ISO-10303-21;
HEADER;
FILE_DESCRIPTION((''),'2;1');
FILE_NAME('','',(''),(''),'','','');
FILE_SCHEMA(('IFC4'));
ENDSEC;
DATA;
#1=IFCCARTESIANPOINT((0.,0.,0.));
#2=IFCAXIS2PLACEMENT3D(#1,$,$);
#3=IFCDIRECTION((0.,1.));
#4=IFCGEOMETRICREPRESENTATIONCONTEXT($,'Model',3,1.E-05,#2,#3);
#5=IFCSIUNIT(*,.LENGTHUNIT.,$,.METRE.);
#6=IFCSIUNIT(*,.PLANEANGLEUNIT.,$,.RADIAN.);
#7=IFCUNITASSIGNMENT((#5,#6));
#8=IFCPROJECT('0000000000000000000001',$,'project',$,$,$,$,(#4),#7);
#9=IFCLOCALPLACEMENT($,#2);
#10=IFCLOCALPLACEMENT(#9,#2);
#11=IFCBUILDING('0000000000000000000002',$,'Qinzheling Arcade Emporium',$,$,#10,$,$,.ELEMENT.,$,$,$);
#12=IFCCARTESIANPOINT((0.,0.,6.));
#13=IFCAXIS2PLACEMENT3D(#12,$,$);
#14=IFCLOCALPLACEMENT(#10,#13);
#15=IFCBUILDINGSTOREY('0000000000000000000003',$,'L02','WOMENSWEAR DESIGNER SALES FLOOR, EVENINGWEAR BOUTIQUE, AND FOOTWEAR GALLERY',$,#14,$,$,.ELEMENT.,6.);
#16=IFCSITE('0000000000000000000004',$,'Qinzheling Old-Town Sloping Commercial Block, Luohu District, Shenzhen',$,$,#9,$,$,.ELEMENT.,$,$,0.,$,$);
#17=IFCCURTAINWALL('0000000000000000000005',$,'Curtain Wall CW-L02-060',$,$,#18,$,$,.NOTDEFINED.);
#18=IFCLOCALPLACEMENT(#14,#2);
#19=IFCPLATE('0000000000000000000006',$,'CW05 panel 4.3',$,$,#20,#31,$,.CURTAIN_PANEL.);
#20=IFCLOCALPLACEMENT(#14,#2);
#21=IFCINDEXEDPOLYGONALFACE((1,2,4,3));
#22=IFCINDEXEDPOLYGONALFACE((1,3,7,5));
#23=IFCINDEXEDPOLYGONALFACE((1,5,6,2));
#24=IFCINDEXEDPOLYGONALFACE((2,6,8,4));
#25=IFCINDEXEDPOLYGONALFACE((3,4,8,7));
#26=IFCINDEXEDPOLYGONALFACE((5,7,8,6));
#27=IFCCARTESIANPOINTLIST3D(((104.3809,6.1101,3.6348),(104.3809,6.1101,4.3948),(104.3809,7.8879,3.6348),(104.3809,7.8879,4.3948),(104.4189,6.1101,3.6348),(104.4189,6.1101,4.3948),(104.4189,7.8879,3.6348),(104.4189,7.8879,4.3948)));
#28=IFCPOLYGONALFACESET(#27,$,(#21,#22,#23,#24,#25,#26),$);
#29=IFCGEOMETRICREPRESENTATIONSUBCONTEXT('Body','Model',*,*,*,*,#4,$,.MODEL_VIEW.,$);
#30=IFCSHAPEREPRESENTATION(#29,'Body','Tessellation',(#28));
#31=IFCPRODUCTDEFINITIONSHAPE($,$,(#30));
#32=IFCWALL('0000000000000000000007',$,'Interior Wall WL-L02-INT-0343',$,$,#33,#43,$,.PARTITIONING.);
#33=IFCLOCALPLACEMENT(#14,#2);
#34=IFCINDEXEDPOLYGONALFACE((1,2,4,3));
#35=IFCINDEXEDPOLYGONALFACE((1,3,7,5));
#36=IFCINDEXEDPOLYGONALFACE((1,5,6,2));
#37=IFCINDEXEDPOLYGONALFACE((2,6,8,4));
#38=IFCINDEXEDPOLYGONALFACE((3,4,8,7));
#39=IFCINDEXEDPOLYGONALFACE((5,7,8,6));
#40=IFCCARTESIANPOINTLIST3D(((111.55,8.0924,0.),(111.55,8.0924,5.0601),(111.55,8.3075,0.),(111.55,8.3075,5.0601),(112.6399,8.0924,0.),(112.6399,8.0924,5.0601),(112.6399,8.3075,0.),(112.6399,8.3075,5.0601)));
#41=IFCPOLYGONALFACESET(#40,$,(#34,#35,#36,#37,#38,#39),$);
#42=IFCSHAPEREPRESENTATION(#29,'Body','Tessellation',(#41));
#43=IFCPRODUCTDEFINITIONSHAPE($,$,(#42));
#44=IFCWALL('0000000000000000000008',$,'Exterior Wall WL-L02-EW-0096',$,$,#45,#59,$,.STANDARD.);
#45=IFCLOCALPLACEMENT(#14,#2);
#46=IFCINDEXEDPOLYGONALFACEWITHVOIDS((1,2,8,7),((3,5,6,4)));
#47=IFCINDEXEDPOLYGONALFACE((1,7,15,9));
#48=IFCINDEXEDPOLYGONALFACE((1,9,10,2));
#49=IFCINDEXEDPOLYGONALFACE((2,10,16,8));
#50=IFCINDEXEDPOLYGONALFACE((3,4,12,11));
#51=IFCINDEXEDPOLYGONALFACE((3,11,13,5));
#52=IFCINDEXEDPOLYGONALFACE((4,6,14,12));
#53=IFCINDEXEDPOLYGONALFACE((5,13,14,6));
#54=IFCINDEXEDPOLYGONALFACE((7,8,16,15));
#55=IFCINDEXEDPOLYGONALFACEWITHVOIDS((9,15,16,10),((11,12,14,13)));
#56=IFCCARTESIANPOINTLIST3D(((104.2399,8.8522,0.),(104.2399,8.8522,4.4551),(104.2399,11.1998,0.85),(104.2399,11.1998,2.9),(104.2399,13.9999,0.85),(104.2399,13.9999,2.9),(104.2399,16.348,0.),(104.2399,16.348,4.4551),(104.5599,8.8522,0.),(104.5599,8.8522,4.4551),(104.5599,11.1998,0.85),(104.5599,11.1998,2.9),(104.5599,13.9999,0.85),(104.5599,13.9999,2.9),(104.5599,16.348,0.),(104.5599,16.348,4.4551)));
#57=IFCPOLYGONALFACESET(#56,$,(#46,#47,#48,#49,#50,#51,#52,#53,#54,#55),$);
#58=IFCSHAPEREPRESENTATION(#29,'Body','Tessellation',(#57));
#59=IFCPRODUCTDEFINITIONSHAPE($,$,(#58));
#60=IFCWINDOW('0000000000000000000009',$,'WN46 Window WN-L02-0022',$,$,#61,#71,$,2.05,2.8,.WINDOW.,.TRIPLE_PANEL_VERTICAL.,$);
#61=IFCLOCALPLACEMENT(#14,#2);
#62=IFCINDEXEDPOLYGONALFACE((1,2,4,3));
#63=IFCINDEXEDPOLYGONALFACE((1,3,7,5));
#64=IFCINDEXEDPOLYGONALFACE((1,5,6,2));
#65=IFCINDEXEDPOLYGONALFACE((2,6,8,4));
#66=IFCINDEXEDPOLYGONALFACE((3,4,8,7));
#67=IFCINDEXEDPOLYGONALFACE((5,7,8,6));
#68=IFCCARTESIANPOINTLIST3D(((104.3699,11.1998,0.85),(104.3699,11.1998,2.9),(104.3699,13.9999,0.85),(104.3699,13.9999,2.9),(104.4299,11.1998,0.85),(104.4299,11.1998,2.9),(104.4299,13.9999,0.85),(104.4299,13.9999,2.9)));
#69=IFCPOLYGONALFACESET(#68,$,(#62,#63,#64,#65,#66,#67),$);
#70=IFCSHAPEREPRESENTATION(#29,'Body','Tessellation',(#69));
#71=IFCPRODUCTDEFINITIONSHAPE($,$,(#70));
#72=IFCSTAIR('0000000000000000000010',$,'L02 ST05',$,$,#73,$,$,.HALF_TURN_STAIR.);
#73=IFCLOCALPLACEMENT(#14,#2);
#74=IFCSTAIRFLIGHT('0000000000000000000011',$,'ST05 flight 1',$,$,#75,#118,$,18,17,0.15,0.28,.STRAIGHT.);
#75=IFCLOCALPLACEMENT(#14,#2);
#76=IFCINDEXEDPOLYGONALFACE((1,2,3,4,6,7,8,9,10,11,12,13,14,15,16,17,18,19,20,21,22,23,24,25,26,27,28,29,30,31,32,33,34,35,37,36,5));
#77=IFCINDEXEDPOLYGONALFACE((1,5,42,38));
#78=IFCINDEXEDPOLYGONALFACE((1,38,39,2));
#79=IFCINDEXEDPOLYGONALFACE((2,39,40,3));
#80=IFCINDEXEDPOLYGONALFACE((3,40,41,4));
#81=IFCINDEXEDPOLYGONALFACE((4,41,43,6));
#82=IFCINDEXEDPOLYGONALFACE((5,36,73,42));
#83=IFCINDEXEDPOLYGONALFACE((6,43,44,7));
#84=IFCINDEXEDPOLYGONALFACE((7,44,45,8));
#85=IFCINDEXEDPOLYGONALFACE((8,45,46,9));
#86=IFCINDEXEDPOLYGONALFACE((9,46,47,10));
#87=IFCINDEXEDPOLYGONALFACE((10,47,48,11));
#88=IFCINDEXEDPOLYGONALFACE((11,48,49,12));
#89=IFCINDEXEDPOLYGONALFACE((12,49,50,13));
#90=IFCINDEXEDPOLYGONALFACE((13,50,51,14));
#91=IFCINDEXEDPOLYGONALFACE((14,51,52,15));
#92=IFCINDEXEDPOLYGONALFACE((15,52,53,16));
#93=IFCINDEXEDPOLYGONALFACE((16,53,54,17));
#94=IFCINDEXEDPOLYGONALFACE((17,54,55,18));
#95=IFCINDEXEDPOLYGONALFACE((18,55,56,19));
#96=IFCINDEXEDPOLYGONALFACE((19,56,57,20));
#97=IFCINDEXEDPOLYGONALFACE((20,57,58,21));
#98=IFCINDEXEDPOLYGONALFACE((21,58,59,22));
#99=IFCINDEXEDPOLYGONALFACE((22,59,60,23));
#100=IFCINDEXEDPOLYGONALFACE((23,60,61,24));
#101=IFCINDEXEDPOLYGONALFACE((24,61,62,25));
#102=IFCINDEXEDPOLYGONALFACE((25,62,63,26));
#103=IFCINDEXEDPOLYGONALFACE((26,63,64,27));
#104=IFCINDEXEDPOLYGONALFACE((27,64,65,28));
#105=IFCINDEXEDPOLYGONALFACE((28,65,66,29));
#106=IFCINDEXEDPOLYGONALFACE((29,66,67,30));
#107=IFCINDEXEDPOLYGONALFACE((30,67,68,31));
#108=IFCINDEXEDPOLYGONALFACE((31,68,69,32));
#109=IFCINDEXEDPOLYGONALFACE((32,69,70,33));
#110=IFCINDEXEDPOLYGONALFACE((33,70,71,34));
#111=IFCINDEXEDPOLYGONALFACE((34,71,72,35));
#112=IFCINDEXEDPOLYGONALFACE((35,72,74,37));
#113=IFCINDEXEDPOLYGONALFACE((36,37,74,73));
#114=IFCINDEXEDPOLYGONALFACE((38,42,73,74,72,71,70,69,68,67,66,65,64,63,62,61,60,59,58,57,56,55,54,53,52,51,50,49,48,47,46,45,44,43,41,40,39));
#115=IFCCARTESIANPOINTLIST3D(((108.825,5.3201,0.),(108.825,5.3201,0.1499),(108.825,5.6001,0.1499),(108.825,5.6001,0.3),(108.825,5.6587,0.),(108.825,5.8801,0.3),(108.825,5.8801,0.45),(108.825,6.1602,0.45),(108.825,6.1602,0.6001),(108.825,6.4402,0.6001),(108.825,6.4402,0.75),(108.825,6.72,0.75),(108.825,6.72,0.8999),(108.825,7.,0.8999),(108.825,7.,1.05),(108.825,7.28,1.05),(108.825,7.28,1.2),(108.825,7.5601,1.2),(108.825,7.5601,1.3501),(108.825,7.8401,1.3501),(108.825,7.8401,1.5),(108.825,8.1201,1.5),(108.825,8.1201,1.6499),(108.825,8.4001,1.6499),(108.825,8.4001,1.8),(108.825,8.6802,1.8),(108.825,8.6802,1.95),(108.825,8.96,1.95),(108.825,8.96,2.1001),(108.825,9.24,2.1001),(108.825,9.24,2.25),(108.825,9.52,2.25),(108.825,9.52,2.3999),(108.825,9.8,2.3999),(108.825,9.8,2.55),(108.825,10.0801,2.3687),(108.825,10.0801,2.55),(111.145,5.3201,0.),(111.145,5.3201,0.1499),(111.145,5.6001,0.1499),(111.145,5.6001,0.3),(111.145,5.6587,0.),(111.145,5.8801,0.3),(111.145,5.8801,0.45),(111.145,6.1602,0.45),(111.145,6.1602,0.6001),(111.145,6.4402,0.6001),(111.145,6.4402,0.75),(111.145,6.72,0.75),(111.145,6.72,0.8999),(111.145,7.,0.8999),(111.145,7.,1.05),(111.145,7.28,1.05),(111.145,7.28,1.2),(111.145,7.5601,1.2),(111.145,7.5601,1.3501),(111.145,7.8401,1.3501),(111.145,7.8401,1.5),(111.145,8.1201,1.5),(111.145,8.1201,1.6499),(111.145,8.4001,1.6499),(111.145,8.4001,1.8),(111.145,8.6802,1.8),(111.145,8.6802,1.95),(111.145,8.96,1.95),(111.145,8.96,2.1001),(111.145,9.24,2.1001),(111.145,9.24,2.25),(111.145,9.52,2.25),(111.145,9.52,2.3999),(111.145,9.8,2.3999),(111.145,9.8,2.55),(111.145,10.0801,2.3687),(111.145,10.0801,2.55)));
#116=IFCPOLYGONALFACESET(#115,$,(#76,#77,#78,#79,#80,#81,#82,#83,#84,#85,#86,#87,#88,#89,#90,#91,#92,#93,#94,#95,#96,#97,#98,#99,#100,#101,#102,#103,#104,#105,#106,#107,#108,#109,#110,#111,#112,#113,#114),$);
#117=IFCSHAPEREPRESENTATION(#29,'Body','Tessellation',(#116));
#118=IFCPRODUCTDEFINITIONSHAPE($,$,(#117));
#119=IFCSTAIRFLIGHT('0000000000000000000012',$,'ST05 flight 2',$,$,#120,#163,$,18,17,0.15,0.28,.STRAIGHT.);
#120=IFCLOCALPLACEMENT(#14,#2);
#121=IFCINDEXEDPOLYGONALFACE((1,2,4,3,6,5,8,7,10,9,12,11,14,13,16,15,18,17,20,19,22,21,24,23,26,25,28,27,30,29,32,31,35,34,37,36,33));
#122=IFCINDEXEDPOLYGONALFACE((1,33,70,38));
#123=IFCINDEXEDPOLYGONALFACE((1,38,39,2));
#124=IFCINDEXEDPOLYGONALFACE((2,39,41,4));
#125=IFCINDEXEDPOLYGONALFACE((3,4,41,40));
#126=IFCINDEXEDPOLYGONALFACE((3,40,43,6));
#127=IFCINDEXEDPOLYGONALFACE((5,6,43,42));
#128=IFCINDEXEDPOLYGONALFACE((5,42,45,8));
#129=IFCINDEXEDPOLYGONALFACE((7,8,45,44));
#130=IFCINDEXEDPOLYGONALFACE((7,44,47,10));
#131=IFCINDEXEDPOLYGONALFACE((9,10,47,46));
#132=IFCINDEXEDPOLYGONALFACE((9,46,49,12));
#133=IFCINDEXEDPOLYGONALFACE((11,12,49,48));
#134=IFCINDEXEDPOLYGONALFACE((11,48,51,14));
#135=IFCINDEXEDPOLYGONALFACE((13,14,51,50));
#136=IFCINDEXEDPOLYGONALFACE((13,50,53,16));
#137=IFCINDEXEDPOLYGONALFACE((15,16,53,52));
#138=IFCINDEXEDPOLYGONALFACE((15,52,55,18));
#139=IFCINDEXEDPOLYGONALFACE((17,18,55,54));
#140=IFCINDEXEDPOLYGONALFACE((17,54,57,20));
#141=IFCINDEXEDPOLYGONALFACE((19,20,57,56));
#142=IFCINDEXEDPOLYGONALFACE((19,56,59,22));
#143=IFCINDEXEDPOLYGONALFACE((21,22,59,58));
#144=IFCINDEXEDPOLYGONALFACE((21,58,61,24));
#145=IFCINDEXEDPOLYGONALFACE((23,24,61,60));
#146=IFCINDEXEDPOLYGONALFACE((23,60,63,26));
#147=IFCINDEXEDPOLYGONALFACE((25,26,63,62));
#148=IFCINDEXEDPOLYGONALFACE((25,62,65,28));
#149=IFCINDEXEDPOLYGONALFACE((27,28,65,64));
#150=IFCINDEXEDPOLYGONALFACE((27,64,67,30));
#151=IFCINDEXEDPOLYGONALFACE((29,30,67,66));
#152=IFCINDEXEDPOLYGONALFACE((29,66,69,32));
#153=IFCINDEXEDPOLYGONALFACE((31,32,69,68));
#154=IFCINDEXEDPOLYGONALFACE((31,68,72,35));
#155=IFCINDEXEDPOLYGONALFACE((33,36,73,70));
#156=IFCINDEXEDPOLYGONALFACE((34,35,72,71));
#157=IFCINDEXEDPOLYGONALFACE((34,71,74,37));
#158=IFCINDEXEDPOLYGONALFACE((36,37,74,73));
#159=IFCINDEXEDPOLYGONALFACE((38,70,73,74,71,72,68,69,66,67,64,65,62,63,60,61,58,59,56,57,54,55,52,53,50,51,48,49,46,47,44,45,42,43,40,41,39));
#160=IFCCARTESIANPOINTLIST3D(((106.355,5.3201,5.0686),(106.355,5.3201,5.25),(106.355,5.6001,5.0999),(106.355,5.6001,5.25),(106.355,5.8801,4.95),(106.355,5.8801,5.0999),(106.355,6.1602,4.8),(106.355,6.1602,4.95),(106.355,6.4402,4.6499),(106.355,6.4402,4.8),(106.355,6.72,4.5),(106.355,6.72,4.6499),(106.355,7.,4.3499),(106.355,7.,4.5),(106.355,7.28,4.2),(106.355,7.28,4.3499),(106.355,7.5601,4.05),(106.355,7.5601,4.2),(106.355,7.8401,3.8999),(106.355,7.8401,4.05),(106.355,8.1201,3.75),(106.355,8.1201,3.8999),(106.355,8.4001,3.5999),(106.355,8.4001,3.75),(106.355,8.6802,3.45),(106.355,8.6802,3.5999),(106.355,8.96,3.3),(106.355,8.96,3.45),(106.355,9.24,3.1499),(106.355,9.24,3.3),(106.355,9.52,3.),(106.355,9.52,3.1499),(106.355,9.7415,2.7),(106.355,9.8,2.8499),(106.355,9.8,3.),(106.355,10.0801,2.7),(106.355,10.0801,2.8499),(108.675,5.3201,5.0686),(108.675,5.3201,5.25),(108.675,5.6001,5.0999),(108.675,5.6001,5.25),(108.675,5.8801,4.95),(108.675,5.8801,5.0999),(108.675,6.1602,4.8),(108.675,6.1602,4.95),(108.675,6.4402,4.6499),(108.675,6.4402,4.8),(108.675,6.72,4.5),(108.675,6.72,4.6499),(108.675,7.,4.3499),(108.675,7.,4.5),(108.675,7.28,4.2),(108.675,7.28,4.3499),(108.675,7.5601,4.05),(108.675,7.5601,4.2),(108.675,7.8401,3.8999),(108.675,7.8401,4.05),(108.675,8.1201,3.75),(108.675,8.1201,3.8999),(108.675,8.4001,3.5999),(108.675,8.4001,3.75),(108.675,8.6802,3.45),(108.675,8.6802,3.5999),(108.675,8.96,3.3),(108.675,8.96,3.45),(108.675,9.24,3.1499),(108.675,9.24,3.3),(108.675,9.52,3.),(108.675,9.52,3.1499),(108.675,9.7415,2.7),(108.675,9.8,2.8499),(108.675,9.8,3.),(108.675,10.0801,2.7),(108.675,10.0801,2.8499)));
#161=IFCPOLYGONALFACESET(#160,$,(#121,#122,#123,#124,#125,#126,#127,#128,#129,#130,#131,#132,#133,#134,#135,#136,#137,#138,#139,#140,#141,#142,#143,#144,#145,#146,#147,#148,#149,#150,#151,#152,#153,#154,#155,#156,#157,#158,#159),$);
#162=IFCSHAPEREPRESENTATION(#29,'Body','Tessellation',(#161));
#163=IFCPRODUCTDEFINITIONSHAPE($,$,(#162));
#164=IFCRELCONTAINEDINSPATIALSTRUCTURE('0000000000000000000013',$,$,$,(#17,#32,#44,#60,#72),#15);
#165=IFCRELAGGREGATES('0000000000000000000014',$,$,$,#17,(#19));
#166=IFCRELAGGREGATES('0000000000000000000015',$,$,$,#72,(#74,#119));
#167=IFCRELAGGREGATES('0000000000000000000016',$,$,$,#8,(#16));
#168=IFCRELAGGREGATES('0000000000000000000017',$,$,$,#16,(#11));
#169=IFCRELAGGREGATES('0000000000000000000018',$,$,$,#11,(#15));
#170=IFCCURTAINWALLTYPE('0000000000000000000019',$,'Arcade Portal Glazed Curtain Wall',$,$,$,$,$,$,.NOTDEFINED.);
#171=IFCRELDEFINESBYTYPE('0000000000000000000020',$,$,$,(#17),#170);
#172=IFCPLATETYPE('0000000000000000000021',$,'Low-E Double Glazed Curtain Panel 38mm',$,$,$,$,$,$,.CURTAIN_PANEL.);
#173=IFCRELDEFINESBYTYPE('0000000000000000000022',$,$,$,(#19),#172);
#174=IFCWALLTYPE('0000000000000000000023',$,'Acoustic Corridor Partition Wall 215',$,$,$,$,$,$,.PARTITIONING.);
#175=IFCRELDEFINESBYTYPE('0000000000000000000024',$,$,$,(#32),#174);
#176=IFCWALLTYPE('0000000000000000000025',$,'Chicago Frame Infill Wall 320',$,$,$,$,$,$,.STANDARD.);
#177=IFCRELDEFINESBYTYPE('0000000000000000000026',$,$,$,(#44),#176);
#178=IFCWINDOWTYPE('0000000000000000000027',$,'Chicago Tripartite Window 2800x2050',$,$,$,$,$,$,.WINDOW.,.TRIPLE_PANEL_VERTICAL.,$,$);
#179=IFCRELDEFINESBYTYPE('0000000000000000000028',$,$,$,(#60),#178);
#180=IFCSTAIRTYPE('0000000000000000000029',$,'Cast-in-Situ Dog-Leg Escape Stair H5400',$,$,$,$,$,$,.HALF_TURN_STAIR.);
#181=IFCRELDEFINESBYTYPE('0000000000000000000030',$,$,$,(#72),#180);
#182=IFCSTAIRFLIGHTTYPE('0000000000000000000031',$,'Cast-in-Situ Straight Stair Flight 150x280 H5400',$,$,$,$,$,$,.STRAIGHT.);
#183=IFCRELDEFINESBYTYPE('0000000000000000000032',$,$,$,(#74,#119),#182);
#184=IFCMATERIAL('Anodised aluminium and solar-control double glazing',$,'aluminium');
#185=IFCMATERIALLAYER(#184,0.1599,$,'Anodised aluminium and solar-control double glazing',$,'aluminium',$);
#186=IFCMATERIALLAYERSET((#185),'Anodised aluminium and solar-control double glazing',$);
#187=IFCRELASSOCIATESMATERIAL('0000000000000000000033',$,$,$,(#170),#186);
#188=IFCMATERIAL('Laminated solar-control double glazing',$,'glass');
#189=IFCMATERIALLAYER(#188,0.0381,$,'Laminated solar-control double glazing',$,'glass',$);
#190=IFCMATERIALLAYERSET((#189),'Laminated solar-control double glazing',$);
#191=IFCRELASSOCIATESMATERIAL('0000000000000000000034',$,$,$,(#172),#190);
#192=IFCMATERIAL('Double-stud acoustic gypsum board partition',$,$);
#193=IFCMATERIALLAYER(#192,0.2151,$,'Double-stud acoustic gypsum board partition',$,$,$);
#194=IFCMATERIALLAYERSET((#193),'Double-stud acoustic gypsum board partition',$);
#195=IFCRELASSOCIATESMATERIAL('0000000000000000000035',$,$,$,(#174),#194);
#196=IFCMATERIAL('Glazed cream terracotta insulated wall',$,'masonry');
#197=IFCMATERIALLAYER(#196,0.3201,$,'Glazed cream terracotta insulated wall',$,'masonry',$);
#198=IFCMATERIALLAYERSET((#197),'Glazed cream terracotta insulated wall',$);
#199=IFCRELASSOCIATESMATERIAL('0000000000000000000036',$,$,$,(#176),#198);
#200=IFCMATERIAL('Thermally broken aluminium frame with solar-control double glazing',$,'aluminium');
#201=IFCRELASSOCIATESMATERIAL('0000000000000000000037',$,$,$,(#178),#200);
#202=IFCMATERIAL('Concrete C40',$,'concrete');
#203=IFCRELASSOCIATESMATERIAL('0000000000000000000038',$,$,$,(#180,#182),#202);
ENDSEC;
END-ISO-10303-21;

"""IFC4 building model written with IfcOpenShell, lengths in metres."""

from ifc_helpers import new_model, si_unit, direction, frame, frame_2d, origin, origin_2d, place, context, subcontext, project, spatial, polyline, rectangle, outline, extrude, material, layer, layer_set, type_object, element, fill, aggregate, save


model = new_model("IFC4")

# Units and contexts
model_context = context("Model", 3, precision=1e-05, world=origin(), true_north=direction((0.0, 1.0)))
body_context = subcontext(model_context, "Body", "Model", "MODEL_VIEW")
ifc_project = project(units=[si_unit("LENGTHUNIT", "METRE"), si_unit("PLANEANGLEUNIT", "RADIAN")], contexts=[model_context])

# Site, building, storey
site_placement = place(None, origin())
site = spatial("IfcSite", under=ifc_project, at=site_placement, Name="Qinzheling Old-Town Sloping Commercial Block, Luohu District, Shenzhen", CompositionType="ELEMENT", RefElevation=0.0)
building_placement = place(site_placement, origin())
building = spatial("IfcBuilding", under=site, at=building_placement, Name="Qinzheling Arcade Emporium", CompositionType="ELEMENT")
storey_placement = place(building_placement, frame((0.0, 0.0, 6.0)))
storey = spatial("IfcBuildingStorey", under=building, at=storey_placement, Name="L02", Description="WOMENSWEAR DESIGNER SALES FLOOR, EVENINGWEAR BOUTIQUE, AND FOOTWEAR GALLERY", CompositionType="ELEMENT", Elevation=6.0)

# Curtain wall
ifc_material_1 = material(Name="Anodised aluminium and solar-control double glazing", Category="aluminium")
ifc_layer_1 = layer(ifc_material_1, 0.1599, Name="Anodised aluminium and solar-control double glazing", Category="aluminium")
ifc_layer_set_1 = layer_set([ifc_layer_1], Name="Anodised aluminium and solar-control double glazing")
curtain_wall_type = type_object("IfcCurtainWallType", Name="Arcade Portal Glazed Curtain Wall", PredefinedType="NOTDEFINED", material=ifc_layer_set_1)
curtain_wall_placement = place(storey_placement, origin())
curtain_wall = element("IfcCurtainWall", 1, at=curtain_wall_placement, inside=storey, type_object=curtain_wall_type, Name="Curtain Wall CW-L02-060", PredefinedType="NOTDEFINED")

# Shared definitions
ifc_material_2 = material(Name="Concrete C40", Category="concrete")

# Plate
ifc_material_3 = material(Name="Laminated solar-control double glazing", Category="glass")
ifc_layer_2 = layer(ifc_material_3, 0.0381, Name="Laminated solar-control double glazing", Category="glass")
ifc_layer_set_2 = layer_set([ifc_layer_2], Name="Laminated solar-control double glazing")
plate_type = type_object("IfcPlateType", Name="Low-E Double Glazed Curtain Panel 38mm", PredefinedType="CURTAIN_PANEL", material=ifc_layer_set_2)
plate_1_placement = place(storey_placement, frame((104.3999, 6.999, 3.6348), z_axis=(0.0, 0.0, 1.0), x_axis=(0.0, 1.0, 0.0)))
plate_1 = element("IfcPlate", 2, at=plate_1_placement, type_object=plate_type, Name="CW05 panel 4.3", PredefinedType="CURTAIN_PANEL", context=body_context, shape_type="SweptSolid", body=[
    extrude(rectangle(XDim=1.7778, YDim=0.0381, at=origin_2d()), origin(), (0.0, 0.0, 1.0), 0.76),
])
aggregate(curtain_wall, [plate_1])

# Wall
ifc_material_4 = material(Name="Double-stud acoustic gypsum board partition")
ifc_layer_3 = layer(ifc_material_4, 0.2151, Name="Double-stud acoustic gypsum board partition")
ifc_layer_set_3 = layer_set([ifc_layer_3], Name="Double-stud acoustic gypsum board partition")
wall_type_1 = type_object("IfcWallType", Name="Acoustic Corridor Partition Wall 215", PredefinedType="PARTITIONING", material=ifc_layer_set_3)
wall_1_placement = place(storey_placement, frame((111.55, 8.2, 0.0), z_axis=(0.0, 0.0, 1.0), x_axis=(1.0, 0.0, 0.0)))
element("IfcWall", 3, at=wall_1_placement, inside=storey, type_object=wall_type_1, Name="Interior Wall WL-L02-INT-0343", PredefinedType="PARTITIONING", context=body_context, shape_type="SweptSolid", body=[
    extrude(rectangle(XDim=1.0898, YDim=0.2151, at=frame_2d((0.5449, 0.0))), origin(), (0.0, 0.0, 1.0), 5.0601),
])

# Wall, opening, window
ifc_material_5 = material(Name="Glazed cream terracotta insulated wall", Category="masonry")
ifc_layer_4 = layer(ifc_material_5, 0.3201, Name="Glazed cream terracotta insulated wall", Category="masonry")
ifc_layer_set_4 = layer_set([ifc_layer_4], Name="Glazed cream terracotta insulated wall")
wall_type_2 = type_object("IfcWallType", Name="Chicago Frame Infill Wall 320", PredefinedType="STANDARD", material=ifc_layer_set_4)
wall_2_placement = place(storey_placement, frame((104.3999, 8.8521, 0.0), z_axis=(0.0, 0.0, 1.0), x_axis=(0.0, 1.0, 0.0)))
wall_2 = element("IfcWall", 4, at=wall_2_placement, inside=storey, type_object=wall_type_2, Name="Exterior Wall WL-L02-EW-0096", PredefinedType="STANDARD", context=body_context, shape_type="SweptSolid", body=[
    extrude(rectangle(XDim=7.4958, YDim=0.3201, at=frame_2d((3.748, 0.0))), origin(), (0.0, 0.0, 1.0), 4.4551),
])
opening_placement = place(wall_2_placement, frame((2.3479, 0.0, 0.8501)))
opening = element("IfcOpeningElement", 5, at=opening_placement, cuts=wall_2, PredefinedType="OPENING", context=body_context, shape_type="SweptSolid", body=[
    extrude(rectangle(XDim=2.8, YDim=2.05, at=frame_2d((1.3999, 1.0249))), frame((0.0, 0.1699, 0.0), z_axis=(0.0, -1.0, 0.0), x_axis=(1.0, 0.0, 0.0)), (0.0, 0.0, 1.0), 0.3401),
])
ifc_material_6 = material(Name="Thermally broken aluminium frame with solar-control double glazing", Category="aluminium")
window_type = type_object("IfcWindowType", Name="Chicago Tripartite Window 2800x2050", PartitioningType="TRIPLE_PANEL_VERTICAL", PredefinedType="WINDOW", material=ifc_material_6)
window_placement = place(opening_placement, origin())
window = element("IfcWindow", 6, at=window_placement, inside=storey, type_object=window_type, Name="WN46 Window WN-L02-0022", OverallHeight=2.05, OverallWidth=2.8, PartitioningType="TRIPLE_PANEL_VERTICAL", PredefinedType="WINDOW", context=body_context, shape_type="SweptSolid", body=[
    extrude(rectangle(XDim=2.8, YDim=2.05, at=frame_2d((1.3999, 1.0249))), frame((0.0, 0.03, 0.0), z_axis=(0.0, -1.0, 0.0), x_axis=(1.0, 0.0, 0.0)), (0.0, 0.0, 1.0), 0.0601),
])
fill(opening, window)

# Stair, stair flights
stair_type = type_object("IfcStairType", Name="Cast-in-Situ Dog-Leg Escape Stair H5400", PredefinedType="HALF_TURN_STAIR", material=ifc_material_2)
stair_placement = place(storey_placement, origin())
stair = element("IfcStair", 7, at=stair_placement, inside=storey, type_object=stair_type, Name="L02 ST05", PredefinedType="HALF_TURN_STAIR")
stair_flight_type = type_object("IfcStairFlightType", Name="Cast-in-Situ Straight Stair Flight 150x280 H5400", PredefinedType="STRAIGHT", material=ifc_material_2)
stair_flight_1_placement = place(storey_placement, frame((109.9851, 5.3201, 0.0), z_axis=(0.0, 0.0, 1.0), x_axis=(0.0, 1.0, 0.0)))
stair_flight_1 = element("IfcStairFlight", 8, at=stair_flight_1_placement, type_object=stair_flight_type, Name="ST05 flight 1", NumberOfRisers=18, NumberOfTreads=17, PredefinedType="STRAIGHT", RiserHeight=0.15, TreadLength=0.28, context=body_context, shape_type="SweptSolid", body=[
    extrude(outline(polyline([(0.0, 0.0), (0.0, 0.1499), (0.28, 0.1499), (0.28, 0.3), (0.5601, 0.3), (0.5601, 0.45), (0.8401, 0.45), (0.8401, 0.6001), (1.1201, 0.6001), (1.1201, 0.75), (1.3999, 0.75), (1.3999, 0.8999), (1.6799, 0.8999), (1.6799, 1.05), (1.96, 1.05), (1.96, 1.2), (2.24, 1.2), (2.24, 1.3501), (2.52, 1.3501), (2.52, 1.5), (2.8, 1.5), (2.8, 1.6499), (3.0801, 1.6499), (3.0801, 1.8), (3.3601, 1.8), (3.3601, 1.95), (3.6399, 1.95), (3.6399, 2.1001), (3.9199, 2.1001), (3.9199, 2.25), (4.2, 2.25), (4.2, 2.3999), (4.48, 2.3999), (4.48, 2.55), (4.76, 2.55), (4.76, 2.7), (4.76, 2.3687), (0.3386, 0.0), (0.0, 0.0)])), frame((0.0, 1.1602, 0.0), z_axis=(0.0, -1.0, 0.0), x_axis=(1.0, 0.0, 0.0)), (0.0, 0.0, 1.0), 2.3201),
])
stair_flight_2_placement = place(storey_placement, frame((107.5149, 10.0801, 2.7), z_axis=(0.0, 0.0, 1.0), x_axis=(0.0, -1.0, 0.0)))
stair_flight_2 = element("IfcStairFlight", 9, at=stair_flight_2_placement, type_object=stair_flight_type, Name="ST05 flight 2", NumberOfRisers=18, NumberOfTreads=17, PredefinedType="STRAIGHT", RiserHeight=0.15, TreadLength=0.28, context=body_context, shape_type="SweptSolid", body=[
    extrude(outline(polyline([(0.0, 0.0), (0.0, 0.1499), (0.28, 0.1499), (0.28, 0.3), (0.5601, 0.3), (0.5601, 0.45), (0.8401, 0.45), (0.8401, 0.6001), (1.1201, 0.6001), (1.1201, 0.75), (1.3999, 0.75), (1.3999, 0.8999), (1.6799, 0.8999), (1.6799, 1.05), (1.96, 1.05), (1.96, 1.2), (2.24, 1.2), (2.24, 1.3501), (2.52, 1.3501), (2.52, 1.5), (2.8, 1.5), (2.8, 1.6499), (3.0801, 1.6499), (3.0801, 1.8), (3.3601, 1.8), (3.3601, 1.95), (3.6399, 1.95), (3.6399, 2.1001), (3.9199, 2.1001), (3.9199, 2.25), (4.2, 2.25), (4.2, 2.3999), (4.48, 2.3999), (4.48, 2.55), (4.76, 2.55), (4.76, 2.7), (4.76, 2.3687), (0.3386, 0.0), (0.0, 0.0)])), frame((0.0, 1.1602, 0.0), z_axis=(0.0, -1.0, 0.0), x_axis=(1.0, 0.0, 0.0)), (0.0, 0.0, 1.0), 2.3201),
])
aggregate(stair, [stair_flight_1, stair_flight_2])

save(model, "model.ifc")
